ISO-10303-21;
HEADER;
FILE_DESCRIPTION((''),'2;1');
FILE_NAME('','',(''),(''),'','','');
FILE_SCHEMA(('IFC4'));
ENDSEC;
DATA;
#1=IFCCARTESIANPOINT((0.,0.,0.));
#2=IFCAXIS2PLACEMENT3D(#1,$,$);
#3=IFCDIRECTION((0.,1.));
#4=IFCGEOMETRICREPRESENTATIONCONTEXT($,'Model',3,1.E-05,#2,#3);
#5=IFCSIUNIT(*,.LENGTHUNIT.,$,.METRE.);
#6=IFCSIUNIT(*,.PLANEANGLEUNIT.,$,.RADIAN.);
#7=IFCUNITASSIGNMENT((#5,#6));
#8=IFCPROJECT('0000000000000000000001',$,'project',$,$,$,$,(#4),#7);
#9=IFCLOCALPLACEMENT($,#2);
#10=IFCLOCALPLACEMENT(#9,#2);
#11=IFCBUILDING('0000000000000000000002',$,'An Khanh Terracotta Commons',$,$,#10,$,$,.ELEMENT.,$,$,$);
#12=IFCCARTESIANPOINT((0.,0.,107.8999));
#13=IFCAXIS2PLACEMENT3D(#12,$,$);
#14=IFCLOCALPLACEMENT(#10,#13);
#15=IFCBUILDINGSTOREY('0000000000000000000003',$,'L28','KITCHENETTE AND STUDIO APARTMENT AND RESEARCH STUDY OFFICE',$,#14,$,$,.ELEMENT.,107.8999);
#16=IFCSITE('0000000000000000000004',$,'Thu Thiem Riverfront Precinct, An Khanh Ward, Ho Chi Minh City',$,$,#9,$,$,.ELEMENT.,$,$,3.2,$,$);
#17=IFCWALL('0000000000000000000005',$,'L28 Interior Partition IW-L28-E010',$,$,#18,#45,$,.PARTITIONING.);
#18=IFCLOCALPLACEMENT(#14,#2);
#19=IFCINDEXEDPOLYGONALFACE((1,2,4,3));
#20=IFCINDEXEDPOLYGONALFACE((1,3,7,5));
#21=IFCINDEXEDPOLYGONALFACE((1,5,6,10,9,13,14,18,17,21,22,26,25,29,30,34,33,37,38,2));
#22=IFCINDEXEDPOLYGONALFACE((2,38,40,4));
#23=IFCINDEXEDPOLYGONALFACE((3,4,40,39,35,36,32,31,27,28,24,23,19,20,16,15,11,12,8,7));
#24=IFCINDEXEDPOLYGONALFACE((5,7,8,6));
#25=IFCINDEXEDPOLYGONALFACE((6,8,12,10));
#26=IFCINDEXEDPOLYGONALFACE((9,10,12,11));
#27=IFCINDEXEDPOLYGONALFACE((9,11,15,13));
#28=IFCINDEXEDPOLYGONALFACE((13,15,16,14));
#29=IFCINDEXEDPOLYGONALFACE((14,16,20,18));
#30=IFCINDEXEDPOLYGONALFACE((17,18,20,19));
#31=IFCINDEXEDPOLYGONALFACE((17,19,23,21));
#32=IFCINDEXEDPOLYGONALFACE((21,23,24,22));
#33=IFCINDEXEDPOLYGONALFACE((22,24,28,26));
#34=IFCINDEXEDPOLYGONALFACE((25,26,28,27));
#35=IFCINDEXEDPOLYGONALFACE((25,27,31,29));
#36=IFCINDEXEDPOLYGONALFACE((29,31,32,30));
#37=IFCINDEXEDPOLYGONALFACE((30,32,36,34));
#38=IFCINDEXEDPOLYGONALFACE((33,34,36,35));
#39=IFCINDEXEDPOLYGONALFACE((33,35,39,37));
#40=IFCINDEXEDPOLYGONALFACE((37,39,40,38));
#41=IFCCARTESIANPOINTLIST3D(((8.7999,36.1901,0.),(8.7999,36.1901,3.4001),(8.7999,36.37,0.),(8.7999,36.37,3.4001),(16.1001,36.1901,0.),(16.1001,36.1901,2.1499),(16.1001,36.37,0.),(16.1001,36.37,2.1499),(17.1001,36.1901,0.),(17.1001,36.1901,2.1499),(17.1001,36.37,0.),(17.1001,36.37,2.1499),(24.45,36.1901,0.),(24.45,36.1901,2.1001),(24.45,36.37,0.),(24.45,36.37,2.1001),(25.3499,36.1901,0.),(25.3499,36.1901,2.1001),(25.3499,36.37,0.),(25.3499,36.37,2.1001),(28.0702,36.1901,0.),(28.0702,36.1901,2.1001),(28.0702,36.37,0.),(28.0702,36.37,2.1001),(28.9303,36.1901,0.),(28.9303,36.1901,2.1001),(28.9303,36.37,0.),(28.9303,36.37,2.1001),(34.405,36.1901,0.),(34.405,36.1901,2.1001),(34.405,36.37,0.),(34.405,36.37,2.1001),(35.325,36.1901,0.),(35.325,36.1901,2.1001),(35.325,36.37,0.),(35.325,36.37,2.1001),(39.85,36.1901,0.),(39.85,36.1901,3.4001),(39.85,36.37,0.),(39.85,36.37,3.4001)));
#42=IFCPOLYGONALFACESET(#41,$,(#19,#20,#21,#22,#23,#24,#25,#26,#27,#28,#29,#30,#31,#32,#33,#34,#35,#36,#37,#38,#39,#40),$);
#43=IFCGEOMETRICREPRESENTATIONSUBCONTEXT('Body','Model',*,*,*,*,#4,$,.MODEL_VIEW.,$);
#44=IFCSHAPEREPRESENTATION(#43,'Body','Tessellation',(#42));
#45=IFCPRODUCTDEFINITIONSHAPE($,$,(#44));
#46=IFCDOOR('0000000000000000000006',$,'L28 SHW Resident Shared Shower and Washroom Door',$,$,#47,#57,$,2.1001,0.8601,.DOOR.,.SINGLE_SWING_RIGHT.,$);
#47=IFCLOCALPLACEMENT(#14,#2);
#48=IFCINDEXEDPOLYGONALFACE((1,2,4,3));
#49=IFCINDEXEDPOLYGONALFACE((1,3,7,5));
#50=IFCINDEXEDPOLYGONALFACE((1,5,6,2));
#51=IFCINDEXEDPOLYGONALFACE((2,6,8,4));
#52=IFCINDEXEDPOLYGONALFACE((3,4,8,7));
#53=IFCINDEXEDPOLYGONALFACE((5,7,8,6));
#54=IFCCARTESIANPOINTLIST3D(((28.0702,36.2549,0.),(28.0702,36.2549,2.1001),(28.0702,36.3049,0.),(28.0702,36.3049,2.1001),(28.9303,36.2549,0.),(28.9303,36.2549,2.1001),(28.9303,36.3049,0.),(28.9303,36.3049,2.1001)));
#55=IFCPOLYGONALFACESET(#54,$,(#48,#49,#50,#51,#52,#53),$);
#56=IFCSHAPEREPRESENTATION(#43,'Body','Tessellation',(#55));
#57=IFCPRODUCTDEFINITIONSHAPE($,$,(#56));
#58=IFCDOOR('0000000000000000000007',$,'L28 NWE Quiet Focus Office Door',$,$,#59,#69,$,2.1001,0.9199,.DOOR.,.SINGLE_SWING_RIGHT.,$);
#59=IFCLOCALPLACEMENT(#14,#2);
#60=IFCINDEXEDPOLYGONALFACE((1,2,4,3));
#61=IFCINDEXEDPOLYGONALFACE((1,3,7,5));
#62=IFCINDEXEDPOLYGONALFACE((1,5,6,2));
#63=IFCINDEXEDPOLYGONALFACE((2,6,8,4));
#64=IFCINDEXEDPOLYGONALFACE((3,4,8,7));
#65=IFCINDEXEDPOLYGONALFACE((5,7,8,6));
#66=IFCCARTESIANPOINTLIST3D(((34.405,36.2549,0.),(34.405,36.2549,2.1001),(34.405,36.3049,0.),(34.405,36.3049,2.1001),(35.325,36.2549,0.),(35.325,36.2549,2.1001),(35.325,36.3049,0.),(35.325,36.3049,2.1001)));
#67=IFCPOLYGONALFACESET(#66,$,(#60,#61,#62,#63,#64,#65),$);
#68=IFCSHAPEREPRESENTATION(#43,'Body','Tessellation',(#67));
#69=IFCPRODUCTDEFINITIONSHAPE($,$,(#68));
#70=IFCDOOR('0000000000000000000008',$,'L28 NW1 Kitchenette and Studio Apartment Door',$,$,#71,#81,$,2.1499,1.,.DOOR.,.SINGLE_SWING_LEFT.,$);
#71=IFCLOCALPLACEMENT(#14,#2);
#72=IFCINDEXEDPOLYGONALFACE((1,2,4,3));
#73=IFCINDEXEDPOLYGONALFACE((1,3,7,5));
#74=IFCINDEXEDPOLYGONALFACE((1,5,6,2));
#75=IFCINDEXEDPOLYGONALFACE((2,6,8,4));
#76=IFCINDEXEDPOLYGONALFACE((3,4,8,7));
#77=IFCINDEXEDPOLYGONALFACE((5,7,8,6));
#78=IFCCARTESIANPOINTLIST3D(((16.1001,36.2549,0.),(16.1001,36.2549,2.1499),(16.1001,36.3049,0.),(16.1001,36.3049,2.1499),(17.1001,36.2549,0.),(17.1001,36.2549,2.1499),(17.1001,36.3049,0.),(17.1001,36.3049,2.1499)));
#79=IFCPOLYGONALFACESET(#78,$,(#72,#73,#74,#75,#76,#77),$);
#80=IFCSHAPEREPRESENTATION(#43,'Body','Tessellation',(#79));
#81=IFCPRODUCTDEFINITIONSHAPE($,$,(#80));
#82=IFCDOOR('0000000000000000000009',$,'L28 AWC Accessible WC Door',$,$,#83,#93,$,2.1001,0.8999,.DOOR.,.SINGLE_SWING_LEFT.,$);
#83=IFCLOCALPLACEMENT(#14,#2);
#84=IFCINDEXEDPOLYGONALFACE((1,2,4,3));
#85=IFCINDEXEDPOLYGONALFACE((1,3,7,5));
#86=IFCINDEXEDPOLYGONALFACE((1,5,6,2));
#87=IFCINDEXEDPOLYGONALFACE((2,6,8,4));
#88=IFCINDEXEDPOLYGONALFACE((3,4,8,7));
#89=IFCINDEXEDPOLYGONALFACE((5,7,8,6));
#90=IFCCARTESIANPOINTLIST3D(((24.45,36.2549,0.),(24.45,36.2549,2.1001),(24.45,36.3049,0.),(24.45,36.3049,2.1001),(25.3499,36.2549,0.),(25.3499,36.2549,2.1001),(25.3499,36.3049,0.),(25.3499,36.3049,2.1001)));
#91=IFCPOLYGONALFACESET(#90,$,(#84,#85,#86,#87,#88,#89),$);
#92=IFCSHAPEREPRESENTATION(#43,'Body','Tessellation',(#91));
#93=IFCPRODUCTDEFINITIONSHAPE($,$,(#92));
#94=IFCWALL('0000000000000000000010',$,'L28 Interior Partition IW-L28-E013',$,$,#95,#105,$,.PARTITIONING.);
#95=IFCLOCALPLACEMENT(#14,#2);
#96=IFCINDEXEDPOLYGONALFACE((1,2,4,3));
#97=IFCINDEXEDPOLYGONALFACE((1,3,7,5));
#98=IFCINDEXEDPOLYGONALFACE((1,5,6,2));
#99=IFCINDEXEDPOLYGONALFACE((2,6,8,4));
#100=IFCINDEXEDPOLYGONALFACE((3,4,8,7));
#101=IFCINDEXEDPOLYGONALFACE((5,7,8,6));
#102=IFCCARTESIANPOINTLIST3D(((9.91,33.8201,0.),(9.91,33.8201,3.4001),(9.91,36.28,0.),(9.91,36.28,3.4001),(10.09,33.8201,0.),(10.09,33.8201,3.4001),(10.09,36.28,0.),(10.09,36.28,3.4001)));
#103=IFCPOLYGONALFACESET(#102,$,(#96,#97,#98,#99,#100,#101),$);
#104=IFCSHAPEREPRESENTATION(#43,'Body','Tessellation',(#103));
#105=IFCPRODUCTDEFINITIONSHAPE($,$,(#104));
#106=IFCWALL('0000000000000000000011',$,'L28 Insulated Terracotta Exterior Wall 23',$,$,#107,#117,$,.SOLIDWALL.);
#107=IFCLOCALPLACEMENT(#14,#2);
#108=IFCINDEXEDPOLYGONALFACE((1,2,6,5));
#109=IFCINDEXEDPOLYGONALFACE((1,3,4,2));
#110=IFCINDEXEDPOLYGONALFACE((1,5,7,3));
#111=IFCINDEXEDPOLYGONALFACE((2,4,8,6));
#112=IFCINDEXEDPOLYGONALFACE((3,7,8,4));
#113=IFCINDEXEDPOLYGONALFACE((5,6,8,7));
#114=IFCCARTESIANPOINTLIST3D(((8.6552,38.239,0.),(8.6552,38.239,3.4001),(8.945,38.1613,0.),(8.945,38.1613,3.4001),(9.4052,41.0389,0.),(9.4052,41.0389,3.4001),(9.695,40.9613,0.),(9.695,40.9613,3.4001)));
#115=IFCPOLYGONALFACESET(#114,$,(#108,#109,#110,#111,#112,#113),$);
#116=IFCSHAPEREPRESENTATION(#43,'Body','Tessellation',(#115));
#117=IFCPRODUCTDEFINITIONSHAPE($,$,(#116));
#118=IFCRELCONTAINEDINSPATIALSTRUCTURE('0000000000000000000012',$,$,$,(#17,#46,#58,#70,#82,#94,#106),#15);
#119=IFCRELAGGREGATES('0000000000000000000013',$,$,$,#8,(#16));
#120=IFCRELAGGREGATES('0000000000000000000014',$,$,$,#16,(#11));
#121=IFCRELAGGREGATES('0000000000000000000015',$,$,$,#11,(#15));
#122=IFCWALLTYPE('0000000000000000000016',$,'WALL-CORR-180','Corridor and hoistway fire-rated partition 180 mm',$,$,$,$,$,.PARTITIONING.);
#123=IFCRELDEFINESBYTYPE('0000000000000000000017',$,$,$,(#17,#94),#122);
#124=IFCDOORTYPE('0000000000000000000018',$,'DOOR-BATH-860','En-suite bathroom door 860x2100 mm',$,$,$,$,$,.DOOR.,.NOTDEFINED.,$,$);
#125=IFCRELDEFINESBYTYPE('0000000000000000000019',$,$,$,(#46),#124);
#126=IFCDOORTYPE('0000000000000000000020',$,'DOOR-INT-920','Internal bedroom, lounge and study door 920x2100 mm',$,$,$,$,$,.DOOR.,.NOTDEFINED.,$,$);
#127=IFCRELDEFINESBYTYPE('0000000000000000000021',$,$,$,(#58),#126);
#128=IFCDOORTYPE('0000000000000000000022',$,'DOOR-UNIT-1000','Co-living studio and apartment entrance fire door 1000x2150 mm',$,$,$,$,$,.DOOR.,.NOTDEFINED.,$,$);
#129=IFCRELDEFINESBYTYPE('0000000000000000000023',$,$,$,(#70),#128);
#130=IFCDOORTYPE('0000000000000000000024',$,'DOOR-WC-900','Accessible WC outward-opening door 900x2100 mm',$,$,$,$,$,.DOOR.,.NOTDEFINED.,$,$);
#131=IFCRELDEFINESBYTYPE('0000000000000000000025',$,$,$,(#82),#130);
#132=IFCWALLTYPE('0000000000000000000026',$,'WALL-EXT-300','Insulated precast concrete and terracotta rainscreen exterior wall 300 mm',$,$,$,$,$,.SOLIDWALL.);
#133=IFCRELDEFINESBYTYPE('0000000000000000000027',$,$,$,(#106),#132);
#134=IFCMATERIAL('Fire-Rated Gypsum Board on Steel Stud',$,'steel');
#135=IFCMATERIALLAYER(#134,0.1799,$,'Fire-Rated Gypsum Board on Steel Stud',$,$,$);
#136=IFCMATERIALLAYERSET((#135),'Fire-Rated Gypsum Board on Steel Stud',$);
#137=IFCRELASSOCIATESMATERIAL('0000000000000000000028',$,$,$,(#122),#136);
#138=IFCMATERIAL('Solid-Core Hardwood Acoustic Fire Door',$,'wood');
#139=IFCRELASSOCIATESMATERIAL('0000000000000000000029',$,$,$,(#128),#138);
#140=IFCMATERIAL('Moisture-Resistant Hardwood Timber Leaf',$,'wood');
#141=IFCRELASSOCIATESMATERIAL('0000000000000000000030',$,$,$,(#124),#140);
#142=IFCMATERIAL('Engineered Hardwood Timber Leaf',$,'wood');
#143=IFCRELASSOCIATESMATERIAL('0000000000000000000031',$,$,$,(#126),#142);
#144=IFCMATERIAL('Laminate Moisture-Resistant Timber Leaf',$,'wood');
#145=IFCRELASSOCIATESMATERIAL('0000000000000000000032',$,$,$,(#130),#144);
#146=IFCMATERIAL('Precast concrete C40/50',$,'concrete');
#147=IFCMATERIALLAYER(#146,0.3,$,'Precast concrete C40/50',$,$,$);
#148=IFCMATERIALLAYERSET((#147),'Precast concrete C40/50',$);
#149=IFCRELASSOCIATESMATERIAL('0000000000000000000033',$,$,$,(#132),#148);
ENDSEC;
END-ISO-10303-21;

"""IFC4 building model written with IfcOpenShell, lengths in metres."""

from ifc_helpers import new_model, si_unit, direction, frame, frame_2d, origin, place, context, subcontext, project, spatial, rectangle, extrude, material, layer, layer_set, type_object, element, fill, save


model = new_model("IFC4")

# Units and contexts
model_context = context("Model", 3, precision=1e-05, world=origin(), true_north=direction((0.0, 1.0)))
body_context = subcontext(model_context, "Body", "Model", "MODEL_VIEW")
ifc_project = project(units=[si_unit("LENGTHUNIT", "METRE"), si_unit("PLANEANGLEUNIT", "RADIAN")], contexts=[model_context])

# Site, building, storey
site_placement = place(None, origin())
site = spatial("IfcSite", under=ifc_project, at=site_placement, Name="Thu Thiem Riverfront Precinct, An Khanh Ward, Ho Chi Minh City", CompositionType="ELEMENT", RefElevation=3.2)
building_placement = place(site_placement, origin())
building = spatial("IfcBuilding", under=site, at=building_placement, Name="An Khanh Terracotta Commons", CompositionType="ELEMENT")
storey_placement = place(building_placement, frame((0.0, 0.0, 107.8999)))
storey = spatial("IfcBuildingStorey", under=building, at=storey_placement, Name="L28", Description="KITCHENETTE AND STUDIO APARTMENT AND RESEARCH STUDY OFFICE", CompositionType="ELEMENT", Elevation=107.8999)

# Shared definitions
ifc_material_1 = material(Name="Fire-Rated Gypsum Board on Steel Stud", Category="steel")
ifc_layer_1 = layer(ifc_material_1, 0.1799, Name="Fire-Rated Gypsum Board on Steel Stud")
ifc_layer_set_1 = layer_set([ifc_layer_1], Name="Fire-Rated Gypsum Board on Steel Stud")
wall_type_1 = type_object("IfcWallType", Name="WALL-CORR-180", Description="Corridor and hoistway fire-rated partition 180 mm", PredefinedType="PARTITIONING", material=ifc_layer_set_1)
ifc_material_2 = material(Name="Solid-Core Hardwood Acoustic Fire Door", Category="wood")
door_type_1 = type_object("IfcDoorType", Name="DOOR-UNIT-1000", Description="Co-living studio and apartment entrance fire door 1000x2150 mm", OperationType="NOTDEFINED", PredefinedType="DOOR", material=ifc_material_2)

# Wall, openings, doors
wall_1_placement = place(storey_placement, frame((8.8, 36.28, 0.0), z_axis=(0.0, 0.0, 1.0), x_axis=(1.0, 0.0, 0.0)))
wall_1 = element("IfcWall", 1, at=wall_1_placement, inside=storey, type_object=wall_type_1, Name="L28 Interior Partition IW-L28-E010", PredefinedType="PARTITIONING", context=body_context, shape_type="SweptSolid", body=[
    extrude(rectangle(XDim=31.05, YDim=0.1799, at=frame_2d((15.5249, 0.0))), origin(), (0.0, 0.0, 1.0), 3.4001),
])
opening_1_placement = place(wall_1_placement, frame((15.6499, 0.0, 0.0)))
opening_1 = element("IfcOpeningElement", 2, at=opening_1_placement, cuts=wall_1, PredefinedType="OPENING", context=body_context, shape_type="SweptSolid", body=[
    extrude(rectangle(XDim=0.8999, YDim=2.1001, at=frame_2d((0.45, 1.05))), frame((0.0, 0.0999, 0.0), z_axis=(0.0, -1.0, 0.0), x_axis=(1.0, 0.0, 0.0)), (0.0, 0.0, 1.0), 0.2),
])
opening_2_placement = place(wall_1_placement, frame((19.27, 0.0, 0.0)))
opening_2 = element("IfcOpeningElement", 3, at=opening_2_placement, cuts=wall_1, PredefinedType="OPENING", context=body_context, shape_type="SweptSolid", body=[
    extrude(rectangle(XDim=0.8601, YDim=2.1001, at=frame_2d((0.4302, 1.05))), frame((0.0, 0.0999, 0.0), z_axis=(0.0, -1.0, 0.0), x_axis=(1.0, 0.0, 0.0)), (0.0, 0.0, 1.0), 0.2),
])
opening_3_placement = place(wall_1_placement, frame((7.3, 0.0, 0.0)))
opening_3 = element("IfcOpeningElement", 4, at=opening_3_placement, cuts=wall_1, PredefinedType="OPENING", context=body_context, shape_type="SweptSolid", body=[
    extrude(rectangle(XDim=1.0, YDim=2.1499, at=frame_2d((0.5, 1.075))), frame((0.0, 0.0999, 0.0), z_axis=(0.0, -1.0, 0.0), x_axis=(1.0, 0.0, 0.0)), (0.0, 0.0, 1.0), 0.2),
])
opening_4_placement = place(wall_1_placement, frame((25.605, 0.0, 0.0)))
opening_4 = element("IfcOpeningElement", 5, at=opening_4_placement, cuts=wall_1, PredefinedType="OPENING", context=body_context, shape_type="SweptSolid", body=[
    extrude(rectangle(XDim=0.9199, YDim=2.1001, at=frame_2d((0.46, 1.05))), frame((0.0, 0.0999, 0.0), z_axis=(0.0, -1.0, 0.0), x_axis=(1.0, 0.0, 0.0)), (0.0, 0.0, 1.0), 0.2),
])
ifc_material_3 = material(Name="Moisture-Resistant Hardwood Timber Leaf", Category="wood")
door_type_2 = type_object("IfcDoorType", Name="DOOR-BATH-860", Description="En-suite bathroom door 860x2100 mm", OperationType="NOTDEFINED", PredefinedType="DOOR", material=ifc_material_3)
door_1_placement = place(opening_2_placement, origin())
door_1 = element("IfcDoor", 6, at=door_1_placement, inside=storey, type_object=door_type_2, Name="L28 SHW Resident Shared Shower and Washroom Door", OperationType="SINGLE_SWING_RIGHT", OverallHeight=2.1001, OverallWidth=0.8601, PredefinedType="DOOR", context=body_context, shape_type="SweptSolid", body=[
    extrude(rectangle(XDim=0.8601, YDim=2.1001, at=frame_2d((0.4302, 1.05))), frame((0.0, 0.0249, 0.0), z_axis=(0.0, -1.0, 0.0), x_axis=(1.0, 0.0, 0.0)), (0.0, 0.0, 1.0), 0.05),
])
fill(opening_2, door_1)
ifc_material_4 = material(Name="Engineered Hardwood Timber Leaf", Category="wood")
door_type_3 = type_object("IfcDoorType", Name="DOOR-INT-920", Description="Internal bedroom, lounge and study door 920x2100 mm", OperationType="NOTDEFINED", PredefinedType="DOOR", material=ifc_material_4)
door_2_placement = place(opening_4_placement, origin())
door_2 = element("IfcDoor", 7, at=door_2_placement, inside=storey, type_object=door_type_3, Name="L28 NWE Quiet Focus Office Door", OperationType="SINGLE_SWING_RIGHT", OverallHeight=2.1001, OverallWidth=0.9199, PredefinedType="DOOR", context=body_context, shape_type="SweptSolid", body=[
    extrude(rectangle(XDim=0.9199, YDim=2.1001, at=frame_2d((0.46, 1.05))), frame((0.0, 0.0249, 0.0), z_axis=(0.0, -1.0, 0.0), x_axis=(1.0, 0.0, 0.0)), (0.0, 0.0, 1.0), 0.05),
])
fill(opening_4, door_2)
door_3_placement = place(opening_3_placement, origin())
door_3 = element("IfcDoor", 8, at=door_3_placement, inside=storey, type_object=door_type_1, Name="L28 NW1 Kitchenette and Studio Apartment Door", OperationType="SINGLE_SWING_LEFT", OverallHeight=2.1499, OverallWidth=1.0, PredefinedType="DOOR", context=body_context, shape_type="SweptSolid", body=[
    extrude(rectangle(XDim=1.0, YDim=2.1499, at=frame_2d((0.5, 1.075))), frame((0.0, 0.0249, 0.0), z_axis=(0.0, -1.0, 0.0), x_axis=(1.0, 0.0, 0.0)), (0.0, 0.0, 1.0), 0.05),
])
fill(opening_3, door_3)
ifc_material_5 = material(Name="Laminate Moisture-Resistant Timber Leaf", Category="wood")
door_type_4 = type_object("IfcDoorType", Name="DOOR-WC-900", Description="Accessible WC outward-opening door 900x2100 mm", OperationType="NOTDEFINED", PredefinedType="DOOR", material=ifc_material_5)
door_4_placement = place(opening_1_placement, origin())
door_4 = element("IfcDoor", 9, at=door_4_placement, inside=storey, type_object=door_type_4, Name="L28 AWC Accessible WC Door", OperationType="SINGLE_SWING_LEFT", OverallHeight=2.1001, OverallWidth=0.8999, PredefinedType="DOOR", context=body_context, shape_type="SweptSolid", body=[
    extrude(rectangle(XDim=0.8999, YDim=2.1001, at=frame_2d((0.45, 1.05))), frame((0.0, 0.0249, 0.0), z_axis=(0.0, -1.0, 0.0), x_axis=(1.0, 0.0, 0.0)), (0.0, 0.0, 1.0), 0.05),
])
fill(opening_1, door_4)

# Walls
wall_2_placement = place(storey_placement, frame((10.0, 33.8201, 0.0), z_axis=(0.0, 0.0, 1.0), x_axis=(0.0, 1.0, 0.0)))
element("IfcWall", 10, at=wall_2_placement, inside=storey, type_object=wall_type_1, Name="L28 Interior Partition IW-L28-E013", PredefinedType="PARTITIONING", context=body_context, shape_type="SweptSolid", body=[
    extrude(rectangle(XDim=2.46, YDim=0.1799, at=frame_2d((1.23, 0.0))), origin(), (0.0, 0.0, 1.0), 3.4001),
])
ifc_material_6 = material(Name="Precast concrete C40/50", Category="concrete")
ifc_layer_2 = layer(ifc_material_6, 0.3, Name="Precast concrete C40/50")
ifc_layer_set_2 = layer_set([ifc_layer_2], Name="Precast concrete C40/50")
wall_type_2 = type_object("IfcWallType", Name="WALL-EXT-300", Description="Insulated precast concrete and terracotta rainscreen exterior wall 300 mm", PredefinedType="SOLIDWALL", material=ifc_layer_set_2)
wall_3_placement = place(storey_placement, frame((9.55, 41.0, 0.0), z_axis=(0.0, 0.0, 1.0), x_axis=(-0.258732, -0.965949, 0.0)))
element("IfcWall", 11, at=wall_3_placement, inside=storey, type_object=wall_type_2, Name="L28 Insulated Terracotta Exterior Wall 23", PredefinedType="SOLIDWALL", context=body_context, shape_type="SweptSolid", body=[
    extrude(rectangle(XDim=2.8987, YDim=0.3, at=frame_2d((1.4492, 0.0))), origin(), (0.0, 0.0, 1.0), 3.4001),
])

save(model, "model.ifc")
